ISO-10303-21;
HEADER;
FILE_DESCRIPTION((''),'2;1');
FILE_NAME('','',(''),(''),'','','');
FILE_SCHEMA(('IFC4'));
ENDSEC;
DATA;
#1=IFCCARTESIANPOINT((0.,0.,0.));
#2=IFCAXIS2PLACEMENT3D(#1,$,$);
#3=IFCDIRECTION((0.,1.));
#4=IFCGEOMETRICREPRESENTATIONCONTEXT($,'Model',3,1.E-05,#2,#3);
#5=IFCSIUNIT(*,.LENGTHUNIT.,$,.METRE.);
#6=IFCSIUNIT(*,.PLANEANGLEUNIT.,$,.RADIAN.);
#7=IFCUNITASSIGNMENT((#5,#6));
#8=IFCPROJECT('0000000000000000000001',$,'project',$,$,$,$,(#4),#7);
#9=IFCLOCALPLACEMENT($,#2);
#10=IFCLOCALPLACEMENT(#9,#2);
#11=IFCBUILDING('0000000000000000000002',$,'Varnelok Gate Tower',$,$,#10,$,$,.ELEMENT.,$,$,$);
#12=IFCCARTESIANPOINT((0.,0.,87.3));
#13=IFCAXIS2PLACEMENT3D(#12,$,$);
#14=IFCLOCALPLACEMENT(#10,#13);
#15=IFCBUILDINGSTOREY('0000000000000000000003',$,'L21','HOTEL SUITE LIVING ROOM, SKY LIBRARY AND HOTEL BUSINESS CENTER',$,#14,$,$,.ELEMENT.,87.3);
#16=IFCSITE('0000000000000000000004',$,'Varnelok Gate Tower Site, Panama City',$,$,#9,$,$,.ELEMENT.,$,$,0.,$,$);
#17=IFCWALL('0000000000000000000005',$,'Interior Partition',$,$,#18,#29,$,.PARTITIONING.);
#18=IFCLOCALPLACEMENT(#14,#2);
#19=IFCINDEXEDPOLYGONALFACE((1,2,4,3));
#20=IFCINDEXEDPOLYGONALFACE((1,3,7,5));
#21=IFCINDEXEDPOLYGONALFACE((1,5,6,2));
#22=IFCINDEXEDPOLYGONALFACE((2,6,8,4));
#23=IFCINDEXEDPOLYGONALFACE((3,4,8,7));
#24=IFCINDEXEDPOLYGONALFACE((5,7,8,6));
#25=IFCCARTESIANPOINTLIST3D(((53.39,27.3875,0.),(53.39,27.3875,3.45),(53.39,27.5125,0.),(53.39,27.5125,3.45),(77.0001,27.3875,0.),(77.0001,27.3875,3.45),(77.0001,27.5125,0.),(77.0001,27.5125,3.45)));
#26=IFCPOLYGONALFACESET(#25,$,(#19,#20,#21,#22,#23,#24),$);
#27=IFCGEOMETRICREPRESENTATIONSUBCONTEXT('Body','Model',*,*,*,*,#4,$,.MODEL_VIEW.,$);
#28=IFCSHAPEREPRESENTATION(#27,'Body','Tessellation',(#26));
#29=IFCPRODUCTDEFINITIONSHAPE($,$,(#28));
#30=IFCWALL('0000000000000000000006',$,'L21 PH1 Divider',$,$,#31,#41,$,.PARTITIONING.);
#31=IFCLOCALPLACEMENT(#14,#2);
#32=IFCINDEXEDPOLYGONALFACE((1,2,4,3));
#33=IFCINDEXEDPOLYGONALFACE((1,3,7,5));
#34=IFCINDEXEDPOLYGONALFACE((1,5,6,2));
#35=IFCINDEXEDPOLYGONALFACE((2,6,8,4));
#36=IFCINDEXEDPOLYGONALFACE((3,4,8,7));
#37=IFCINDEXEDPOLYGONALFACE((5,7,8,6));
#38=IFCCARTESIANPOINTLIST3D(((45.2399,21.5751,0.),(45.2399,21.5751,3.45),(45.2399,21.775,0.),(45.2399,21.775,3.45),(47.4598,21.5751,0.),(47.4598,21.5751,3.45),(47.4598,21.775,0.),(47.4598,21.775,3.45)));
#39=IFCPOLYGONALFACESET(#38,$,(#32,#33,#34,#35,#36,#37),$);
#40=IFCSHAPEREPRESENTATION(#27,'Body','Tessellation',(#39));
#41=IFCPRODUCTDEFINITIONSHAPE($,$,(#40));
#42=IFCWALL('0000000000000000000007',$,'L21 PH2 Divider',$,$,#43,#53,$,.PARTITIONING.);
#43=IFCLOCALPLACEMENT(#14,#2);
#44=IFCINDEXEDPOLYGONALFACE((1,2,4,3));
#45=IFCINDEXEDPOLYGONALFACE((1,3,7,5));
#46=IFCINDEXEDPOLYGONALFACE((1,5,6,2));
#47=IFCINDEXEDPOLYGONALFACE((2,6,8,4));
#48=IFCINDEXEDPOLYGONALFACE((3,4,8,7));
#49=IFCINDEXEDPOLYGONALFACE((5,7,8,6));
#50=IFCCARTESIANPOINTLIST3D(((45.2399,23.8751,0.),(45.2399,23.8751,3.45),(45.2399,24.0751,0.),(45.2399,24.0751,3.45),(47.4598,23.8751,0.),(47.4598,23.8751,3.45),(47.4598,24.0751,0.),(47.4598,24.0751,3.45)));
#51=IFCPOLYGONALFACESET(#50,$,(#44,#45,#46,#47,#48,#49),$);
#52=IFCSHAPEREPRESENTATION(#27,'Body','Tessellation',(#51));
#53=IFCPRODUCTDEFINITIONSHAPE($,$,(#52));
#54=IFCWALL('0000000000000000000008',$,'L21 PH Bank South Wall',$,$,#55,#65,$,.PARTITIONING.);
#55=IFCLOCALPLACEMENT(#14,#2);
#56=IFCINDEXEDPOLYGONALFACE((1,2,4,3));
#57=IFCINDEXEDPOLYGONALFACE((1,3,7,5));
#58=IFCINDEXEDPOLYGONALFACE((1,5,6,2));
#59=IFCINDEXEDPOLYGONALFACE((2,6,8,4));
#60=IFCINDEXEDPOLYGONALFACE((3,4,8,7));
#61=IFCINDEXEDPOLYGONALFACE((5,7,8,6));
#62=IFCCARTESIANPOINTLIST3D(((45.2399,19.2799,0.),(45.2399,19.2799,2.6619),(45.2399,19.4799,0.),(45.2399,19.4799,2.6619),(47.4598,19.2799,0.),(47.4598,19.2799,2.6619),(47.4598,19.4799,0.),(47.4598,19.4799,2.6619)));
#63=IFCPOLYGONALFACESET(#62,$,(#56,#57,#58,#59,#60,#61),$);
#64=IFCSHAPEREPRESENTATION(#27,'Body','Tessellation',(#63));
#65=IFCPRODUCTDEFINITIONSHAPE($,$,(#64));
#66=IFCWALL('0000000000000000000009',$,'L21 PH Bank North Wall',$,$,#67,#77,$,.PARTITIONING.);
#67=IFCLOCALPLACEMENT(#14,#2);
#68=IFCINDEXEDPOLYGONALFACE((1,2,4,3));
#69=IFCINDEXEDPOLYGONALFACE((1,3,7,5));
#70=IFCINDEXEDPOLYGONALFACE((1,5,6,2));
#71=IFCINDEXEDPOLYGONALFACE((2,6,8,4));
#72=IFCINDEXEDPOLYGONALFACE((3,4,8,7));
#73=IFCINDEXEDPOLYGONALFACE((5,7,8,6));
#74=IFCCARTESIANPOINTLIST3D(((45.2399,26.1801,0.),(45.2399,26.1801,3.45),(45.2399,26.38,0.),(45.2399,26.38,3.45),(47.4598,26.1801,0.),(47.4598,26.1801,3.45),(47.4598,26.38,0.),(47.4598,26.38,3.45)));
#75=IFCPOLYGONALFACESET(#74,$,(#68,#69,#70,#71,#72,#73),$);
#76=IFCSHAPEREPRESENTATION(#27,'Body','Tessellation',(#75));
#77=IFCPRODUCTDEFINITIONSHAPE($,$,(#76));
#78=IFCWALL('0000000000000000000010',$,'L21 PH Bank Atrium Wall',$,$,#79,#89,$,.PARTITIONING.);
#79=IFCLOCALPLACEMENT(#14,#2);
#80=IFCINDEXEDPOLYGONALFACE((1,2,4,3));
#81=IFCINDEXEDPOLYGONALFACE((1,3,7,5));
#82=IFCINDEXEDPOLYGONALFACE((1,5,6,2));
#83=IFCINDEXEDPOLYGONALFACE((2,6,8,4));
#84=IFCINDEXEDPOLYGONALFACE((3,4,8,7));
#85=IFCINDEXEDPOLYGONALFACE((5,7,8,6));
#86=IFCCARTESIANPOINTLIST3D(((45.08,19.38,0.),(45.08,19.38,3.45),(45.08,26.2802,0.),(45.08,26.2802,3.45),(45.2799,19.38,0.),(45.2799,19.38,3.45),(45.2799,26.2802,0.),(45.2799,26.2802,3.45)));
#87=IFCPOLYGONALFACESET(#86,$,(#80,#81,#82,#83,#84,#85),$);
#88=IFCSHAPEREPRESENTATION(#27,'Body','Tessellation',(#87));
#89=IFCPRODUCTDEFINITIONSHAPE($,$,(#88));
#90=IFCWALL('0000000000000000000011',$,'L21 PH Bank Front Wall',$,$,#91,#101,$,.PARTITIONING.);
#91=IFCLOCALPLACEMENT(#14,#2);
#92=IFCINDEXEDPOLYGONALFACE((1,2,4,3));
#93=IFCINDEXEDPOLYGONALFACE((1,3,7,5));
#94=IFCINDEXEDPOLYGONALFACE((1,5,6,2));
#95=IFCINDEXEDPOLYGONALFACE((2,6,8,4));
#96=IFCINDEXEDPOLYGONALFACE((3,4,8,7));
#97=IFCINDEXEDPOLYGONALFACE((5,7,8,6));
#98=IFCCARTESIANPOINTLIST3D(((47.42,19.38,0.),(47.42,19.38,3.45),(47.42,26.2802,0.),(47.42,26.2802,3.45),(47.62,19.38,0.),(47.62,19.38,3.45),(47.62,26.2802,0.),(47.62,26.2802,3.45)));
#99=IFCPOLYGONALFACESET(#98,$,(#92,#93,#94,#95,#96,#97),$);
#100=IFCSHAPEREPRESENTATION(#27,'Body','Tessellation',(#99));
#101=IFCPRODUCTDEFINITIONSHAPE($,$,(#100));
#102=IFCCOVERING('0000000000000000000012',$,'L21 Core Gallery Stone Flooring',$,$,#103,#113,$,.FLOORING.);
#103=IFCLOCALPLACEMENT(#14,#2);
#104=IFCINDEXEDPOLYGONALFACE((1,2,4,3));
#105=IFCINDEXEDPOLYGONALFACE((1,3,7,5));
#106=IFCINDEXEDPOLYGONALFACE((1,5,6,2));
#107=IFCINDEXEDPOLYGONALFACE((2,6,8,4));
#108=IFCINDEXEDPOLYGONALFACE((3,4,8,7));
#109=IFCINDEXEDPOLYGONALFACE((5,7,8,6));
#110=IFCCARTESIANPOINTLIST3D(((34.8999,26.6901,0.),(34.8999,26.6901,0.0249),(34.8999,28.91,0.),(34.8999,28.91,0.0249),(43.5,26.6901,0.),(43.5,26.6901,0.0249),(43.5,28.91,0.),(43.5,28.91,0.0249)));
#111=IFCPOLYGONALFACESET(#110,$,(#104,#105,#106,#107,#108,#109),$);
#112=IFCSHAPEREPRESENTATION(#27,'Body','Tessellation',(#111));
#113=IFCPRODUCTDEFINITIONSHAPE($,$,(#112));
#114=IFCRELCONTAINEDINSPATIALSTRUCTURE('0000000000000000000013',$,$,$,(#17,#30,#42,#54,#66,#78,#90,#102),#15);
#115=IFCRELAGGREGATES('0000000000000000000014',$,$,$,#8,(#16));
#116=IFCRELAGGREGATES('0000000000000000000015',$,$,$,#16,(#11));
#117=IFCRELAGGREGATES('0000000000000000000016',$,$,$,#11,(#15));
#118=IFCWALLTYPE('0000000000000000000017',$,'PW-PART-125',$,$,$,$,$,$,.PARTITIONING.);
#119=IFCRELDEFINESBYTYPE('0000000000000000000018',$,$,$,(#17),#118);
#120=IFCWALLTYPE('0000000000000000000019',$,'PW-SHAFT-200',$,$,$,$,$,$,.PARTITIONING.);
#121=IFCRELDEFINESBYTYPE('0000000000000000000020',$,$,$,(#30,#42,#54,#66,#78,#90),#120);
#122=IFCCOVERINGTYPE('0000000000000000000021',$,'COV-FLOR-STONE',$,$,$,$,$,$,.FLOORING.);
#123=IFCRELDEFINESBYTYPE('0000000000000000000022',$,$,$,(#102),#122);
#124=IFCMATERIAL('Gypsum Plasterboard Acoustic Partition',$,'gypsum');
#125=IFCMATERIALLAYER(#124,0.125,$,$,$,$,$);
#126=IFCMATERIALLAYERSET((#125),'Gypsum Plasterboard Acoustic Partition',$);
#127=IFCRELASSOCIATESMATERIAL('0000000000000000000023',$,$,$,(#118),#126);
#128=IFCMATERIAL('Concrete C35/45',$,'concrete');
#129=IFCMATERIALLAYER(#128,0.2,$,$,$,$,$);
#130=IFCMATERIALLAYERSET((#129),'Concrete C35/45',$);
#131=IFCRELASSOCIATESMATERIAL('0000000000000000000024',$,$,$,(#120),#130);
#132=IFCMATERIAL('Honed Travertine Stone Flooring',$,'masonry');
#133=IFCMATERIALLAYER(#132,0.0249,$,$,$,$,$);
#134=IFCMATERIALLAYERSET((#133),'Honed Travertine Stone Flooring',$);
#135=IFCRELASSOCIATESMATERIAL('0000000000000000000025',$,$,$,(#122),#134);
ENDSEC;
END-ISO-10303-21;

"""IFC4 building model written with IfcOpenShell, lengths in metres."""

from ifc_helpers import new_model, si_unit, direction, frame, frame_2d, origin, origin_2d, place, context, subcontext, project, spatial, rectangle, extrude, source, transform, mapped, material, layer, layer_set, type_object, element, save


model = new_model("IFC4")

# Units and contexts
model_context = context("Model", 3, precision=1e-05, world=origin(), true_north=direction((0.0, 1.0)))
body_context = subcontext(model_context, "Body", "Model", "MODEL_VIEW")
ifc_project = project(units=[si_unit("LENGTHUNIT", "METRE"), si_unit("PLANEANGLEUNIT", "RADIAN")], contexts=[model_context])

# Site, building, storey
site_placement = place(None, origin())
site = spatial("IfcSite", under=ifc_project, at=site_placement, Name="Varnelok Gate Tower Site, Panama City", CompositionType="ELEMENT", RefElevation=0.0)
building_placement = place(site_placement, origin())
building = spatial("IfcBuilding", under=site, at=building_placement, Name="Varnelok Gate Tower", CompositionType="ELEMENT")
storey_placement = place(building_placement, frame((0.0, 0.0, 87.3)))
storey = spatial("IfcBuildingStorey", under=building, at=storey_placement, Name="L21", Description="HOTEL SUITE LIVING ROOM, SKY LIBRARY AND HOTEL BUSINESS CENTER", CompositionType="ELEMENT", Elevation=87.3)

# Shared definitions
ifc_material_1 = material(Name="Gypsum Plasterboard Acoustic Partition", Category="gypsum")

# Walls
ifc_layer_1 = layer(ifc_material_1, 0.125)
ifc_layer_set_1 = layer_set([ifc_layer_1], Name="Gypsum Plasterboard Acoustic Partition")
wall_type_1 = type_object("IfcWallType", Name="PW-PART-125", PredefinedType="PARTITIONING", material=ifc_layer_set_1)
wall_1_placement = place(storey_placement, frame((53.3899, 27.45, 0.0), z_axis=(0.0, 0.0, 1.0), x_axis=(1.0, 0.0, 0.0)))
element("IfcWall", 1, at=wall_1_placement, inside=storey, type_object=wall_type_1, Name="Interior Partition", PredefinedType="PARTITIONING", context=body_context, shape_type="SweptSolid", body=[
    extrude(rectangle(XDim=23.6101, YDim=0.125, at=frame_2d((11.8052, 0.0))), origin(), (0.0, 0.0, 1.0), 3.45),
])
ifc_material_2 = material(Name="Concrete C35/45", Category="concrete")
ifc_layer_2 = layer(ifc_material_2, 0.2)
ifc_layer_set_2 = layer_set([ifc_layer_2], Name="Concrete C35/45")
wall_type_2 = type_object("IfcWallType", Name="PW-SHAFT-200", PredefinedType="PARTITIONING", material=ifc_layer_set_2)
for number, where, z_axis, x_axis, name in (
    (2, (45.24, 21.675, 0.0), (0.0, 0.0, 1.0), (1.0, 0.0, 0.0), "L21 PH1 Divider"),
    (3, (45.24, 23.9751, 0.0), (0.0, 0.0, 1.0), (1.0, 0.0, 0.0), "L21 PH2 Divider"),
):
    element("IfcWall", number, at=place(storey_placement, frame(where, z_axis=z_axis, x_axis=x_axis)), inside=storey, type_object=wall_type_2, Name=name, PredefinedType="PARTITIONING", context=body_context, shape_type="SweptSolid", body=[
        extrude(rectangle(XDim=2.22, YDim=0.2, at=frame_2d((1.1099, 0.0))), origin(), (0.0, 0.0, 1.0), 3.45),
    ])
wall_2_placement = place(storey_placement, frame((45.24, 19.3799, 0.0), z_axis=(0.0, 0.0, 1.0), x_axis=(1.0, 0.0, 0.0)))
element("IfcWall", 4, at=wall_2_placement, inside=storey, type_object=wall_type_2, Name="L21 PH Bank South Wall", PredefinedType="PARTITIONING", context=body_context, shape_type="SweptSolid", body=[
    extrude(rectangle(XDim=2.22, YDim=0.2, at=frame_2d((1.1099, 0.0))), origin(), (0.0, 0.0, 1.0), 2.6619),
])
wall_3_placement = place(storey_placement, frame((45.24, 26.28, 0.0), z_axis=(0.0, 0.0, 1.0), x_axis=(1.0, 0.0, 0.0)))
element("IfcWall", 5, at=wall_3_placement, inside=storey, type_object=wall_type_2, Name="L21 PH Bank North Wall", PredefinedType="PARTITIONING", context=body_context, shape_type="SweptSolid", body=[
    extrude(rectangle(XDim=2.22, YDim=0.2, at=frame_2d((1.1099, 0.0))), origin(), (0.0, 0.0, 1.0), 3.45),
])
for number, where, z_axis, x_axis, name in (
    (6, (45.1799, 19.3799, 0.0), (0.0, 0.0, 1.0), (0.0, 1.0, 0.0), "L21 PH Bank Atrium Wall"),
    (7, (47.52, 19.3799, 0.0), (0.0, 0.0, 1.0), (0.0, 1.0, 0.0), "L21 PH Bank Front Wall"),
):
    element("IfcWall", number, at=place(storey_placement, frame(where, z_axis=z_axis, x_axis=x_axis)), inside=storey, type_object=wall_type_2, Name=name, PredefinedType="PARTITIONING", context=body_context, shape_type="SweptSolid", body=[
        extrude(rectangle(XDim=6.9001, YDim=0.2, at=frame_2d((3.4502, 0.0))), origin(), (0.0, 0.0, 1.0), 3.45),
    ])

# Covering
ifc_material_3 = material(Name="Honed Travertine Stone Flooring", Category="masonry")
ifc_layer_3 = layer(ifc_material_3, 0.0249)
ifc_layer_set_3 = layer_set([ifc_layer_3], Name="Honed Travertine Stone Flooring")
covering_type = type_object("IfcCoveringType", Name="COV-FLOR-STONE", PredefinedType="FLOORING", material=ifc_layer_set_3)
shared_shape = source(origin(), body_context, "Body", "SweptSolid", [
    extrude(rectangle(XDim=8.6001, YDim=2.22, at=origin_2d()), origin(), (0.0, 0.0, 1.0), 0.0249),
])
covering_placement = place(storey_placement, frame((39.2, 27.8, 0.0), z_axis=(0.0, 0.0, 1.0), x_axis=(1.0, 0.0, 0.0)))
element("IfcCovering", 8, at=covering_placement, inside=storey, type_object=covering_type, Name="L21 Core Gallery Stone Flooring", PredefinedType="FLOORING", context=body_context, shape_type="MappedRepresentation", body=[
    mapped(shared_shape, transform((0.0, 0.0, 0.0), scale=1.0)),
])

save(model, "model.ifc")
